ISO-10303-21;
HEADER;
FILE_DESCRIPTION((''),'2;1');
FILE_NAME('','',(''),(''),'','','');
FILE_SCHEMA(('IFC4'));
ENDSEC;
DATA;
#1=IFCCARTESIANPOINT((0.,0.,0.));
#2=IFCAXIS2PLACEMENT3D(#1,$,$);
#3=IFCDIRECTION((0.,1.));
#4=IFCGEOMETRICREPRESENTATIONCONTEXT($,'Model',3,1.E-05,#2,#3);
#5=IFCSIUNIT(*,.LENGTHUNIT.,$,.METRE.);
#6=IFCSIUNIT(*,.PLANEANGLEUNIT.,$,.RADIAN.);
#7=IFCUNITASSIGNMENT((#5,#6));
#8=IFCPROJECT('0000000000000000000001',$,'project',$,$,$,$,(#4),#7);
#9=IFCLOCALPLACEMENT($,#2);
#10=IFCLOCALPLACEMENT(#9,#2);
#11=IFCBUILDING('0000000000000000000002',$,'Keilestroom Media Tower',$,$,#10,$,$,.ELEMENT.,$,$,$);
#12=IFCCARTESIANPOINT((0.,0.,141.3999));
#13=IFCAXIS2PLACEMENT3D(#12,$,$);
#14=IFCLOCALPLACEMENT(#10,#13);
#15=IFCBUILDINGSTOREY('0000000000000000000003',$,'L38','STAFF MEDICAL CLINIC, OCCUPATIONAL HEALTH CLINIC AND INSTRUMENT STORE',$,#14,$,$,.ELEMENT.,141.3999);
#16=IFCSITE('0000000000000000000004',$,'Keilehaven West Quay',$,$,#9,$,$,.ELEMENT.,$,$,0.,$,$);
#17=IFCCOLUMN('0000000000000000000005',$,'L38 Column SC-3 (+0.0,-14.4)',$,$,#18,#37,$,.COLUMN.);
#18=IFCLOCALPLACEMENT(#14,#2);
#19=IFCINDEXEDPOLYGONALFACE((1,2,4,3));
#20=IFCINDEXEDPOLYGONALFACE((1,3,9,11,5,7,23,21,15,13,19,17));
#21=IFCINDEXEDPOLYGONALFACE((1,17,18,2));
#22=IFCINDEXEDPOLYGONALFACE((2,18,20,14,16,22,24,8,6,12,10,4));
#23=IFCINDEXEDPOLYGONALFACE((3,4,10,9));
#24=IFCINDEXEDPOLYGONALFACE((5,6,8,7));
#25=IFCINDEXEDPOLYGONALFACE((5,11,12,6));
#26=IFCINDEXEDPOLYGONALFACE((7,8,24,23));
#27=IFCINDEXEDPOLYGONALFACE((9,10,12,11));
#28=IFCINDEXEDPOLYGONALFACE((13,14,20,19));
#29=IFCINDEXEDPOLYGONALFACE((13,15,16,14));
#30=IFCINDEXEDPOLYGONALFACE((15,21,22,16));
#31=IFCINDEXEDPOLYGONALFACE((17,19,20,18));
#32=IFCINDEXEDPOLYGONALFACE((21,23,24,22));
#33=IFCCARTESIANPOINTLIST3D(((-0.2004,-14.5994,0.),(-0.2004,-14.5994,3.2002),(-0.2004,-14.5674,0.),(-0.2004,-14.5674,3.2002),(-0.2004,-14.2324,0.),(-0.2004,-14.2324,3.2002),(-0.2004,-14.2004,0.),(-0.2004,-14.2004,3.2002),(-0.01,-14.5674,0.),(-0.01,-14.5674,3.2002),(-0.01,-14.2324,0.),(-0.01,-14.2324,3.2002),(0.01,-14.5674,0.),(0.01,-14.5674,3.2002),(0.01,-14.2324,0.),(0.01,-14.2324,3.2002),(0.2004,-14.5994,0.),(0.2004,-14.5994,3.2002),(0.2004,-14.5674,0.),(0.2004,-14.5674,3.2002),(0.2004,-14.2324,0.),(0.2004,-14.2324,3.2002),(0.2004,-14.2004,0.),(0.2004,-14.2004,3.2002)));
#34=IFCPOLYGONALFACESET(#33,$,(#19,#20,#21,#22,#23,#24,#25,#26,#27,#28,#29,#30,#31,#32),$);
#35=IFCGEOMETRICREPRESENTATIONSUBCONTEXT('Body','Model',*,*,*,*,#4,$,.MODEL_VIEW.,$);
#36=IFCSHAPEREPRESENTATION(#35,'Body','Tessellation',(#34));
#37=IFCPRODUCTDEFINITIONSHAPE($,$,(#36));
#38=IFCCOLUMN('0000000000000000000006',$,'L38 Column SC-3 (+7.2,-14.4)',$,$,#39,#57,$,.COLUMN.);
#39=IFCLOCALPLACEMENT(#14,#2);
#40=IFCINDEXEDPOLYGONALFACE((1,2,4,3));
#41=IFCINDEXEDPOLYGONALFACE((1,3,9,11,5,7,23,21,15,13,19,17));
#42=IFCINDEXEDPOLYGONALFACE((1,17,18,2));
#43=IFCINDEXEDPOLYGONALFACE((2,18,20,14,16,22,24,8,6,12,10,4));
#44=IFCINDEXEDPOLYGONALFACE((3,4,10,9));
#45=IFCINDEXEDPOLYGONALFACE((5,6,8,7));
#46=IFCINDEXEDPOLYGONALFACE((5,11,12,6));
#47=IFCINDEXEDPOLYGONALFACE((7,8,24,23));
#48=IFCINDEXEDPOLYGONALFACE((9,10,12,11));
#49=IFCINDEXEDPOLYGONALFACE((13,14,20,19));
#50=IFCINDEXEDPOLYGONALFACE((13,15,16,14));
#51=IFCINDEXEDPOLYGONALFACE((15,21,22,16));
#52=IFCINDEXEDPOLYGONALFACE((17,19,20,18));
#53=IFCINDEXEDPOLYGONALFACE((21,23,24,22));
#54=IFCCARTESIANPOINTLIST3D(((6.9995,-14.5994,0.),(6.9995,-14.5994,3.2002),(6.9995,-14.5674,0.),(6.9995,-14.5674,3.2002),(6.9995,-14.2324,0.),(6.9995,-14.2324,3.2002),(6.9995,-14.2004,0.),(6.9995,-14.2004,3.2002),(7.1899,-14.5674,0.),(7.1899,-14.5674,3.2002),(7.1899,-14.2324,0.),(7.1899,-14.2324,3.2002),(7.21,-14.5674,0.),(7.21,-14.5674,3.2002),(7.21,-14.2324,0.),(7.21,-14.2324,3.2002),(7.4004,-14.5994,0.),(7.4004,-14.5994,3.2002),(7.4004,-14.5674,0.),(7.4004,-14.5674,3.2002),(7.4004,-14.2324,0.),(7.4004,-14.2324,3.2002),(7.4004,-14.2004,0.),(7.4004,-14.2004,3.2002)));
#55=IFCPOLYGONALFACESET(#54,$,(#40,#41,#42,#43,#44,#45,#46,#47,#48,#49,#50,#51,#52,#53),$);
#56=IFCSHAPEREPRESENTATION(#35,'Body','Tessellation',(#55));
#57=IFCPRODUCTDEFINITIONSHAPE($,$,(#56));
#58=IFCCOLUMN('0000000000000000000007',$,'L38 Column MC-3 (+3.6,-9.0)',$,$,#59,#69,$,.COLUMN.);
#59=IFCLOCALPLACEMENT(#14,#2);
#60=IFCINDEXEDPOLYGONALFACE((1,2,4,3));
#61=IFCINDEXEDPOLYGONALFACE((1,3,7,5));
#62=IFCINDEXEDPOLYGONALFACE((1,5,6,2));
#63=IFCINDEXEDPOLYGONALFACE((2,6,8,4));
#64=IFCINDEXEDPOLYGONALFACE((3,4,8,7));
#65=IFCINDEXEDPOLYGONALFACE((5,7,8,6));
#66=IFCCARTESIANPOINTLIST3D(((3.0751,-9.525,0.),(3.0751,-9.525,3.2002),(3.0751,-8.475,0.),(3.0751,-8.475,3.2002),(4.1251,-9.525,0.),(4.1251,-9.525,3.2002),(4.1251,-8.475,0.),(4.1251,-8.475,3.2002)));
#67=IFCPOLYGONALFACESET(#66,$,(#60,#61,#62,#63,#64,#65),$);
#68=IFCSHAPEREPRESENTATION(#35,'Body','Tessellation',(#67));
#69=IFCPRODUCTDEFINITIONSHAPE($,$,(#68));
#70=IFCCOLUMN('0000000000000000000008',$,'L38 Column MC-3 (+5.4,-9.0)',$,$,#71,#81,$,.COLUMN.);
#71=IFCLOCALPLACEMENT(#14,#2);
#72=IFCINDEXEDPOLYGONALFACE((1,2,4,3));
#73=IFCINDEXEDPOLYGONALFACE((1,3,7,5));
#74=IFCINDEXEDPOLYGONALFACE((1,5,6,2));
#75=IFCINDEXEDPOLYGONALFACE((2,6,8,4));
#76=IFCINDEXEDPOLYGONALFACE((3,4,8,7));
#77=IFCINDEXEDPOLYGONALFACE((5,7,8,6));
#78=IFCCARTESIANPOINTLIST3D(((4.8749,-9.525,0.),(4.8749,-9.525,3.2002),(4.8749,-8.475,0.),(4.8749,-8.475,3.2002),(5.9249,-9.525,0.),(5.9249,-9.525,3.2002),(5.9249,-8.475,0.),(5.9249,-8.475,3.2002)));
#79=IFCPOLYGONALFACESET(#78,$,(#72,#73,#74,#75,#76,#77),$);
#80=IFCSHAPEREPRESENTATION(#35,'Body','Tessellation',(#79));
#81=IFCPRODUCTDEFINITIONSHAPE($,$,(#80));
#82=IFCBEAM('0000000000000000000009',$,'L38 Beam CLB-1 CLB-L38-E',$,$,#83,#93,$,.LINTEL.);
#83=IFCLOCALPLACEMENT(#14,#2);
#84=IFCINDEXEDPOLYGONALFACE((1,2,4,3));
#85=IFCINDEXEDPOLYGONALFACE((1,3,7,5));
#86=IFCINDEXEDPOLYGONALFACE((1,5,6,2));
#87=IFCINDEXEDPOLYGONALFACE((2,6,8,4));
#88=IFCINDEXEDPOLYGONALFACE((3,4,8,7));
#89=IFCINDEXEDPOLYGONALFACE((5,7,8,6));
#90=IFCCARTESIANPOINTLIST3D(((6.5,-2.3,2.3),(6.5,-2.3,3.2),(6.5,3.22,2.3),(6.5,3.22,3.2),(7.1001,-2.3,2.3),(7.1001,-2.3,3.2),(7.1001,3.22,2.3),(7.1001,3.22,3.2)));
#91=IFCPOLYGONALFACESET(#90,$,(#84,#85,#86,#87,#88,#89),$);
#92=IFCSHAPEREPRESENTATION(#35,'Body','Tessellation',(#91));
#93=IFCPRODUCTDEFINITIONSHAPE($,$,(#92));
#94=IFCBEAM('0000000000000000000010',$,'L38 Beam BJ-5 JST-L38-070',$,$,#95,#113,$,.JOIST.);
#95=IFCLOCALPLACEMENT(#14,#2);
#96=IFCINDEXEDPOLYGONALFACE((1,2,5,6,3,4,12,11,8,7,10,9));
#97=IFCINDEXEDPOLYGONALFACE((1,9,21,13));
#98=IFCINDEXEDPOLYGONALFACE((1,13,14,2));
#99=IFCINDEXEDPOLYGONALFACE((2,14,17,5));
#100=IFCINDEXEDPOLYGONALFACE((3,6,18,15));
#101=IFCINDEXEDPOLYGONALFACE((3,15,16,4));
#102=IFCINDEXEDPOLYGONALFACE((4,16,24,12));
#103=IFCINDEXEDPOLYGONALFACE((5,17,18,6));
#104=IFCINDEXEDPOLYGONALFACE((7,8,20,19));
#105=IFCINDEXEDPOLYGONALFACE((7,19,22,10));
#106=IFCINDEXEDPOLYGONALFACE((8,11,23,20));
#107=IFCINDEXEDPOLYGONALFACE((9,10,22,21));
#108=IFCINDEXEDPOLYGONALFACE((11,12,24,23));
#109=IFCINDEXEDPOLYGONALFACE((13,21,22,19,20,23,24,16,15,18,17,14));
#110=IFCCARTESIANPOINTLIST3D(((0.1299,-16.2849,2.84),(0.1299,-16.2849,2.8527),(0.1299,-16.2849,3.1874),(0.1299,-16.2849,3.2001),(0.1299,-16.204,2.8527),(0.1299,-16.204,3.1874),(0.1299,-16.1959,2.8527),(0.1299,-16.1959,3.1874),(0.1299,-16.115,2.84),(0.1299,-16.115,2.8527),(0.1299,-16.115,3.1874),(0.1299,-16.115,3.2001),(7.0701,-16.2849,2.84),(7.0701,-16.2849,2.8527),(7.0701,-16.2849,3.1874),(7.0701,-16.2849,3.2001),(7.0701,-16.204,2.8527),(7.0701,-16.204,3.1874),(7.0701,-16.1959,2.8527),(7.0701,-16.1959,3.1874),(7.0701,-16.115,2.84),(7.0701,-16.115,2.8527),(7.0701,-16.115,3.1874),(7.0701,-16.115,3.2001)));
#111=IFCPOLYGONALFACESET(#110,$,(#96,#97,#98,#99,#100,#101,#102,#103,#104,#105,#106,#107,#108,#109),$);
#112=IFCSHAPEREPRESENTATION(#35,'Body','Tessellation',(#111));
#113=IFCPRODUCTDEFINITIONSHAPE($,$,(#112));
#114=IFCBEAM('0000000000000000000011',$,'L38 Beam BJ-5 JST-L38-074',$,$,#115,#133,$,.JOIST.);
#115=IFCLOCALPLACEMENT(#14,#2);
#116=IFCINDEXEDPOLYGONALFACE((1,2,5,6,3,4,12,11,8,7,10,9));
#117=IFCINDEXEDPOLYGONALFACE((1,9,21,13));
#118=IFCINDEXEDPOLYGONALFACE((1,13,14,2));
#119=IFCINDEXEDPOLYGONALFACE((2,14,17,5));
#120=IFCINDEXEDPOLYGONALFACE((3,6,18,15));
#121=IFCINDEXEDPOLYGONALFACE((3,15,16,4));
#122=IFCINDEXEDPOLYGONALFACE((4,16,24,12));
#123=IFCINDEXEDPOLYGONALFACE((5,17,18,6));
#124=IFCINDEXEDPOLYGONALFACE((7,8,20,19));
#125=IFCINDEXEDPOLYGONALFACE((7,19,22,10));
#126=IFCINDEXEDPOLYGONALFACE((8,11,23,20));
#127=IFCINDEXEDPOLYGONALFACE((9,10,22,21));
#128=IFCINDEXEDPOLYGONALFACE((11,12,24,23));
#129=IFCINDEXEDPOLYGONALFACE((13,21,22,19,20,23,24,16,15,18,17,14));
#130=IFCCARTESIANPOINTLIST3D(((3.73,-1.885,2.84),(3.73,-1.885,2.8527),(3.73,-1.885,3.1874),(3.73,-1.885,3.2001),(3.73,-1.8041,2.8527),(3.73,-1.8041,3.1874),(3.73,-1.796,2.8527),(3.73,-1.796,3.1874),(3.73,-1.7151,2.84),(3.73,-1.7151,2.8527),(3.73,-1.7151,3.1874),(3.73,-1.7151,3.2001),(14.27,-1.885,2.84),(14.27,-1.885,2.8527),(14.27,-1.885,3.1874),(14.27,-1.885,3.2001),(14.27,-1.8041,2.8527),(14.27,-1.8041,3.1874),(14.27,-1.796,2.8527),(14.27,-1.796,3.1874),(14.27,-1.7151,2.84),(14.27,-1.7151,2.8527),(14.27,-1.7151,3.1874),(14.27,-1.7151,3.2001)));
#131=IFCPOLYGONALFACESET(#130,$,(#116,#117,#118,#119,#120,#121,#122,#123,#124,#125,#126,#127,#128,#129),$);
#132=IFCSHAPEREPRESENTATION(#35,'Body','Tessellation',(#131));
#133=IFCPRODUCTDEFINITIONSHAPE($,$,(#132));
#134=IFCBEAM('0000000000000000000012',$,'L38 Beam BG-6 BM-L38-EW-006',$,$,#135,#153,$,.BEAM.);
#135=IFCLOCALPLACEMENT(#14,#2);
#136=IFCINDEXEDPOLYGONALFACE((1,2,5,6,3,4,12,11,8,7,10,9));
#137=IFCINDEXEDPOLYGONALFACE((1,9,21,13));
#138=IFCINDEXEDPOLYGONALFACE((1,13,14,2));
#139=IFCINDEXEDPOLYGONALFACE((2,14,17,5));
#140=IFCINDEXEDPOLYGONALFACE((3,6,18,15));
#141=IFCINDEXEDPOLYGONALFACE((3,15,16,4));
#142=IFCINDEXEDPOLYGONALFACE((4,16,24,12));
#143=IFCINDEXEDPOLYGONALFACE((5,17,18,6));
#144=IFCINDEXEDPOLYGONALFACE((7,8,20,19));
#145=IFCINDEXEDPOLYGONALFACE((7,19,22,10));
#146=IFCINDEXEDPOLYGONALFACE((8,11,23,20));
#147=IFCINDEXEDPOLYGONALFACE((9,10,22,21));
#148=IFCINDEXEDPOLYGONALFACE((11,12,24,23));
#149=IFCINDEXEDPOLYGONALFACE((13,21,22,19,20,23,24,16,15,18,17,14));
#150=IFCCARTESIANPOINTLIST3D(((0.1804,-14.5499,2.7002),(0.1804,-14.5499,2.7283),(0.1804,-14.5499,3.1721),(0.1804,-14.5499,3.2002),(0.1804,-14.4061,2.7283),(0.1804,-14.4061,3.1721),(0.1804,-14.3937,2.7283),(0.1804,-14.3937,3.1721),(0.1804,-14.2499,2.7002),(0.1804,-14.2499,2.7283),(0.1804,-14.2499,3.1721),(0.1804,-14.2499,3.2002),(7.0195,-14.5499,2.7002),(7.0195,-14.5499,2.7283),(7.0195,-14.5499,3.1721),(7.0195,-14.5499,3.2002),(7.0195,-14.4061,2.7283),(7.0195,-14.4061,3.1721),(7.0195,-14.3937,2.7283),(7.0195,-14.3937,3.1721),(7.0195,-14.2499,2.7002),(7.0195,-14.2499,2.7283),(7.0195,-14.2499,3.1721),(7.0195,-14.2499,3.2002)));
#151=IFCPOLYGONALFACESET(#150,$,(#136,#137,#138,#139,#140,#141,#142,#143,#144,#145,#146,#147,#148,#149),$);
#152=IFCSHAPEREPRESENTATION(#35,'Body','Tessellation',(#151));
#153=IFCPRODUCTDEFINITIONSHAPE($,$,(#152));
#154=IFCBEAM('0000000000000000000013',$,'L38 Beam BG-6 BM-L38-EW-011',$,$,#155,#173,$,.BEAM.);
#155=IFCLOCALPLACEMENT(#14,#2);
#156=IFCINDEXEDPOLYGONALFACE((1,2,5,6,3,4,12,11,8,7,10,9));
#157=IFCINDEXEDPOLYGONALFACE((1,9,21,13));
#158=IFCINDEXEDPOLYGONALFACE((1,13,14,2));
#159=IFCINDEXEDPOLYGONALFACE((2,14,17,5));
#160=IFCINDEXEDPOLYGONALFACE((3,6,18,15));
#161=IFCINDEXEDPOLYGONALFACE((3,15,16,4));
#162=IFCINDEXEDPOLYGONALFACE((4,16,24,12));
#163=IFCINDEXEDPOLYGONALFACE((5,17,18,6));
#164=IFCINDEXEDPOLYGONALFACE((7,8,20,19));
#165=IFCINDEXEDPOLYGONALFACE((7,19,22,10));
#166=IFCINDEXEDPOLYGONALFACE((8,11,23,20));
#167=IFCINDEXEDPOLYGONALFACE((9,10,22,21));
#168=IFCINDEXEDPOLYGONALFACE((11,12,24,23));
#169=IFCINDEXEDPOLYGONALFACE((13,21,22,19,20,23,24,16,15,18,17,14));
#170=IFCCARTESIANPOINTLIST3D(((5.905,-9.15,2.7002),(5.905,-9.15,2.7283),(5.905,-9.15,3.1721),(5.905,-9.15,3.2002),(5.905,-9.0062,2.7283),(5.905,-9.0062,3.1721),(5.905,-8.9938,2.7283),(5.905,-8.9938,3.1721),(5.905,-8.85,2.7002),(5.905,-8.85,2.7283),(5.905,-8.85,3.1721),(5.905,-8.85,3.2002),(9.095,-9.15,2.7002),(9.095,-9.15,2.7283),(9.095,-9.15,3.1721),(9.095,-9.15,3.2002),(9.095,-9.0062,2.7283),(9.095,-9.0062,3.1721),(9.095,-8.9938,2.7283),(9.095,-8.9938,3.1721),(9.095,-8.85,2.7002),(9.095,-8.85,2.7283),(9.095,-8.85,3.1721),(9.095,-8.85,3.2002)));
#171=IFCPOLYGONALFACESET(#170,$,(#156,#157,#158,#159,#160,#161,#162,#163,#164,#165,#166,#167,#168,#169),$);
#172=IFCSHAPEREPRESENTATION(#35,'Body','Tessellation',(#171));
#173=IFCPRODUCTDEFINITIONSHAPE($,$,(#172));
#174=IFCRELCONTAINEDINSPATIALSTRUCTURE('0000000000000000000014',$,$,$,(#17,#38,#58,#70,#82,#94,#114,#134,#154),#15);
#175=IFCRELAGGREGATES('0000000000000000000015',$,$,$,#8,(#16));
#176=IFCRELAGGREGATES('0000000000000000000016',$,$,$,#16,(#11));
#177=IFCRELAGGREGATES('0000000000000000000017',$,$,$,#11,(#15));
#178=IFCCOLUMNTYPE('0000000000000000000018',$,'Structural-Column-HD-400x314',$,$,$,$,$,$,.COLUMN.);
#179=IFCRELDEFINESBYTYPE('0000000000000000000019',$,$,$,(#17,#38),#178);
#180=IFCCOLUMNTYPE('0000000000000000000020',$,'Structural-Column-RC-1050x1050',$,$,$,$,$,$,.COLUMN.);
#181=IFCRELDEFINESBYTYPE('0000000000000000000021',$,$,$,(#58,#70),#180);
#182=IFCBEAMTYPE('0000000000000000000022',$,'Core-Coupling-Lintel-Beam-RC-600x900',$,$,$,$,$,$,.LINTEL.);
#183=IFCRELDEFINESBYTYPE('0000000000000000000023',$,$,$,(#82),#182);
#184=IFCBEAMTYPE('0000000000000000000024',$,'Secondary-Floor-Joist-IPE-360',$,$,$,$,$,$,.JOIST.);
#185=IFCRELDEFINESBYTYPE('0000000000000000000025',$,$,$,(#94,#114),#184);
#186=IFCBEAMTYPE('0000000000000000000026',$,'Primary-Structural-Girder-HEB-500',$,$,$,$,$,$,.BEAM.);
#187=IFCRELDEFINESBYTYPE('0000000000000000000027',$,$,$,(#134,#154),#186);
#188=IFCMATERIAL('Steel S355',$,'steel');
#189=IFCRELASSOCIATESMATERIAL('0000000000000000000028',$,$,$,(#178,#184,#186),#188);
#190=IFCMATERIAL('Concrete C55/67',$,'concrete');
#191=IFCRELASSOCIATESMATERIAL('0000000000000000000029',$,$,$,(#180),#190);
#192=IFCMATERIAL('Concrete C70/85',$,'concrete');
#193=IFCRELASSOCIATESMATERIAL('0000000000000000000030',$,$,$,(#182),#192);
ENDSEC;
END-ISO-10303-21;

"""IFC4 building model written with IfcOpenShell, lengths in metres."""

from ifc_helpers import new_model, si_unit, direction, frame, origin, origin_2d, place, context, subcontext, project, spatial, rectangle, i_section, extrude, source, transform, mapped, material, material_profile, profile_set, type_object, element, save


model = new_model("IFC4")

# Units and contexts
model_context = context("Model", 3, precision=1e-05, world=origin(), true_north=direction((0.0, 1.0)))
body_context = subcontext(model_context, "Body", "Model", "MODEL_VIEW")
ifc_project = project(units=[si_unit("LENGTHUNIT", "METRE"), si_unit("PLANEANGLEUNIT", "RADIAN")], contexts=[model_context])

# Site, building, storey
site_placement = place(None, origin())
site = spatial("IfcSite", under=ifc_project, at=site_placement, Name="Keilehaven West Quay", CompositionType="ELEMENT", RefElevation=0.0)
building_placement = place(site_placement, origin())
building = spatial("IfcBuilding", under=site, at=building_placement, Name="Keilestroom Media Tower", CompositionType="ELEMENT")
storey_placement = place(building_placement, frame((0.0, 0.0, 141.3999)))
storey = spatial("IfcBuildingStorey", under=building, at=storey_placement, Name="L38", Description="STAFF MEDICAL CLINIC, OCCUPATIONAL HEALTH CLINIC AND INSTRUMENT STORE", CompositionType="ELEMENT", Elevation=141.3999)

# Columns
ifc_material_1 = material(Name="Steel S355", Category="steel")
ifc_material_profile_1 = material_profile(ifc_material_1, i_section(OverallWidth=0.4009, OverallDepth=0.3989, WebThickness=0.02, FlangeThickness=0.032, at=origin_2d()), Name="HD 400x314")
ifc_profile_set_1 = profile_set([ifc_material_profile_1], Name="Steel S355")
column_type_1 = type_object("IfcColumnType", Name="Structural-Column-HD-400x314", PredefinedType="COLUMN", material=ifc_profile_set_1)
shared_shape_1 = source(origin(), body_context, "Body", "SweptSolid", [
    extrude(i_section(OverallWidth=0.4009, OverallDepth=0.3989, WebThickness=0.02, FlangeThickness=0.032, at=origin_2d()), origin(), (0.0, 0.0, 1.0), 3.2002),
])
for number, where, z_axis, x_axis, name in (
    (1, (0.0, -14.3999, 0.0), (0.0, 0.0, 1.0), (1.0, 0.0, 0.0), "L38 Column SC-3 (+0.0,-14.4)"),
    (2, (7.2, -14.3999, 0.0), (0.0, 0.0, 1.0), (1.0, 0.0, 0.0), "L38 Column SC-3 (+7.2,-14.4)"),
):
    element("IfcColumn", number, at=place(storey_placement, frame(where, z_axis=z_axis, x_axis=x_axis)), inside=storey, type_object=column_type_1, Name=name, PredefinedType="COLUMN", context=body_context, shape_type="MappedRepresentation", body=[
        mapped(shared_shape_1, transform((0.0, 0.0, 0.0), x_axis=(1.0, 0.0, 0.0), y_axis=(0.0, 1.0, 0.0), z_axis=(0.0, 0.0, 1.0), scale=1.0)),
    ])
ifc_material_2 = material(Name="Concrete C55/67", Category="concrete")
ifc_material_profile_2 = material_profile(ifc_material_2, rectangle(XDim=1.05, YDim=1.05, at=origin_2d()), Name="RC 1050x1050")
ifc_profile_set_2 = profile_set([ifc_material_profile_2], Name="Concrete C55/67")
column_type_2 = type_object("IfcColumnType", Name="Structural-Column-RC-1050x1050", PredefinedType="COLUMN", material=ifc_profile_set_2)
shared_shape_2 = source(origin(), body_context, "Body", "SweptSolid", [
    extrude(rectangle(XDim=1.05, YDim=1.05, at=origin_2d()), origin(), (0.0, 0.0, 1.0), 3.2002),
])
for number, where, z_axis, x_axis, name in (
    (3, (3.6001, -9.0, 0.0), (0.0, 0.0, 1.0), (1.0, 0.0, 0.0), "L38 Column MC-3 (+3.6,-9.0)"),
    (4, (5.3999, -9.0, 0.0), (0.0, 0.0, 1.0), (1.0, 0.0, 0.0), "L38 Column MC-3 (+5.4,-9.0)"),
):
    element("IfcColumn", number, at=place(storey_placement, frame(where, z_axis=z_axis, x_axis=x_axis)), inside=storey, type_object=column_type_2, Name=name, PredefinedType="COLUMN", context=body_context, shape_type="MappedRepresentation", body=[
        mapped(shared_shape_2, transform((0.0, 0.0, 0.0), x_axis=(1.0, 0.0, 0.0), y_axis=(0.0, 1.0, 0.0), z_axis=(0.0, 0.0, 1.0), scale=1.0)),
    ])

# Beams
ifc_material_3 = material(Name="Concrete C70/85", Category="concrete")
ifc_material_profile_3 = material_profile(ifc_material_3, rectangle(XDim=0.6001, YDim=0.8999, at=origin_2d()), Name="RC 600x900")
ifc_profile_set_3 = profile_set([ifc_material_profile_3], Name="Concrete C70/85")
beam_type_1 = type_object("IfcBeamType", Name="Core-Coupling-Lintel-Beam-RC-600x900", PredefinedType="LINTEL", material=ifc_profile_set_3)
shared_shape_3 = source(origin(), body_context, "Body", "SweptSolid", [
    extrude(rectangle(XDim=0.6001, YDim=0.8999, at=origin_2d()), origin(), (0.0, 0.0, 1.0), 5.52),
])
beam_1_placement = place(storey_placement, frame((6.8, -2.3, 2.75), z_axis=(0.0, 1.0, 0.0), x_axis=(-1.0, 0.0, 0.0)))
element("IfcBeam", 5, at=beam_1_placement, inside=storey, type_object=beam_type_1, Name="L38 Beam CLB-1 CLB-L38-E", PredefinedType="LINTEL", context=body_context, shape_type="MappedRepresentation", body=[
    mapped(shared_shape_3, transform((0.0, 0.0, 0.0), x_axis=(1.0, 0.0, 0.0), y_axis=(0.0, 1.0, 0.0), z_axis=(0.0, 0.0, 1.0), scale=1.0)),
])
ifc_material_profile_4 = material_profile(ifc_material_1, i_section(OverallWidth=0.1699, OverallDepth=0.3601, WebThickness=0.0081, FlangeThickness=0.0127, at=origin_2d()), Name="IPE 360")
ifc_profile_set_4 = profile_set([ifc_material_profile_4], Name="Steel S355")
beam_type_2 = type_object("IfcBeamType", Name="Secondary-Floor-Joist-IPE-360", PredefinedType="JOIST", material=ifc_profile_set_4)
shared_shape_4 = source(origin(), body_context, "Body", "SweptSolid", [
    extrude(i_section(OverallWidth=0.1699, OverallDepth=0.3601, WebThickness=0.0081, FlangeThickness=0.0127, at=origin_2d()), origin(), (0.0, 0.0, 1.0), 6.9402),
])
beam_2_placement = place(storey_placement, frame((0.1299, -16.2, 3.02), z_axis=(1.0, 0.0, 0.0), x_axis=(0.0, 1.0, 0.0)))
element("IfcBeam", 6, at=beam_2_placement, inside=storey, type_object=beam_type_2, Name="L38 Beam BJ-5 JST-L38-070", PredefinedType="JOIST", context=body_context, shape_type="MappedRepresentation", body=[
    mapped(shared_shape_4, transform((0.0, 0.0, 0.0), x_axis=(1.0, 0.0, 0.0), y_axis=(0.0, 1.0, 0.0), z_axis=(0.0, 0.0, 1.0), scale=1.0)),
])
shared_shape_5 = source(origin(), body_context, "Body", "SweptSolid", [
    extrude(i_section(OverallWidth=0.1699, OverallDepth=0.3601, WebThickness=0.0081, FlangeThickness=0.0127, at=origin_2d()), origin(), (0.0, 0.0, 1.0), 10.54),
])
beam_3_placement = place(storey_placement, frame((3.73, -1.8, 3.02), z_axis=(1.0, 0.0, 0.0), x_axis=(0.0, 1.0, 0.0)))
element("IfcBeam", 7, at=beam_3_placement, inside=storey, type_object=beam_type_2, Name="L38 Beam BJ-5 JST-L38-074", PredefinedType="JOIST", context=body_context, shape_type="MappedRepresentation", body=[
    mapped(shared_shape_5, transform((0.0, 0.0, 0.0), x_axis=(1.0, 0.0, 0.0), y_axis=(0.0, 1.0, 0.0), z_axis=(0.0, 0.0, 1.0), scale=1.0)),
])
ifc_material_profile_5 = material_profile(ifc_material_1, i_section(OverallWidth=0.3, OverallDepth=0.5, WebThickness=0.0125, FlangeThickness=0.0281, at=origin_2d()), Name="HEB 500")
ifc_profile_set_5 = profile_set([ifc_material_profile_5], Name="Steel S355")
beam_type_3 = type_object("IfcBeamType", Name="Primary-Structural-Girder-HEB-500", PredefinedType="BEAM", material=ifc_profile_set_5)
shared_shape_6 = source(origin(), body_context, "Body", "SweptSolid", [
    extrude(i_section(OverallWidth=0.3, OverallDepth=0.5, WebThickness=0.0125, FlangeThickness=0.0281, at=origin_2d()), origin(), (0.0, 0.0, 1.0), 6.8391),
])
beam_4_placement = place(storey_placement, frame((0.1804, -14.3999, 2.9502), z_axis=(1.0, 0.0, 0.0), x_axis=(0.0, 1.0, 0.0)))
element("IfcBeam", 8, at=beam_4_placement, inside=storey, type_object=beam_type_3, Name="L38 Beam BG-6 BM-L38-EW-006", PredefinedType="BEAM", context=body_context, shape_type="MappedRepresentation", body=[
    mapped(shared_shape_6, transform((0.0, 0.0, 0.0), x_axis=(1.0, 0.0, 0.0), y_axis=(0.0, 1.0, 0.0), z_axis=(0.0, 0.0, 1.0), scale=1.0)),
])
shared_shape_7 = source(origin(), body_context, "Body", "SweptSolid", [
    extrude(i_section(OverallWidth=0.3, OverallDepth=0.5, WebThickness=0.0125, FlangeThickness=0.0281, at=origin_2d()), origin(), (0.0, 0.0, 1.0), 3.1899),
])
beam_5_placement = place(storey_placement, frame((5.905, -9.0, 2.9502), z_axis=(1.0, 0.0, 0.0), x_axis=(0.0, 1.0, 0.0)))
element("IfcBeam", 9, at=beam_5_placement, inside=storey, type_object=beam_type_3, Name="L38 Beam BG-6 BM-L38-EW-011", PredefinedType="BEAM", context=body_context, shape_type="MappedRepresentation", body=[
    mapped(shared_shape_7, transform((0.0, 0.0, 0.0), x_axis=(1.0, 0.0, 0.0), y_axis=(0.0, 1.0, 0.0), z_axis=(0.0, 0.0, 1.0), scale=1.0)),
])

save(model, "model.ifc")
